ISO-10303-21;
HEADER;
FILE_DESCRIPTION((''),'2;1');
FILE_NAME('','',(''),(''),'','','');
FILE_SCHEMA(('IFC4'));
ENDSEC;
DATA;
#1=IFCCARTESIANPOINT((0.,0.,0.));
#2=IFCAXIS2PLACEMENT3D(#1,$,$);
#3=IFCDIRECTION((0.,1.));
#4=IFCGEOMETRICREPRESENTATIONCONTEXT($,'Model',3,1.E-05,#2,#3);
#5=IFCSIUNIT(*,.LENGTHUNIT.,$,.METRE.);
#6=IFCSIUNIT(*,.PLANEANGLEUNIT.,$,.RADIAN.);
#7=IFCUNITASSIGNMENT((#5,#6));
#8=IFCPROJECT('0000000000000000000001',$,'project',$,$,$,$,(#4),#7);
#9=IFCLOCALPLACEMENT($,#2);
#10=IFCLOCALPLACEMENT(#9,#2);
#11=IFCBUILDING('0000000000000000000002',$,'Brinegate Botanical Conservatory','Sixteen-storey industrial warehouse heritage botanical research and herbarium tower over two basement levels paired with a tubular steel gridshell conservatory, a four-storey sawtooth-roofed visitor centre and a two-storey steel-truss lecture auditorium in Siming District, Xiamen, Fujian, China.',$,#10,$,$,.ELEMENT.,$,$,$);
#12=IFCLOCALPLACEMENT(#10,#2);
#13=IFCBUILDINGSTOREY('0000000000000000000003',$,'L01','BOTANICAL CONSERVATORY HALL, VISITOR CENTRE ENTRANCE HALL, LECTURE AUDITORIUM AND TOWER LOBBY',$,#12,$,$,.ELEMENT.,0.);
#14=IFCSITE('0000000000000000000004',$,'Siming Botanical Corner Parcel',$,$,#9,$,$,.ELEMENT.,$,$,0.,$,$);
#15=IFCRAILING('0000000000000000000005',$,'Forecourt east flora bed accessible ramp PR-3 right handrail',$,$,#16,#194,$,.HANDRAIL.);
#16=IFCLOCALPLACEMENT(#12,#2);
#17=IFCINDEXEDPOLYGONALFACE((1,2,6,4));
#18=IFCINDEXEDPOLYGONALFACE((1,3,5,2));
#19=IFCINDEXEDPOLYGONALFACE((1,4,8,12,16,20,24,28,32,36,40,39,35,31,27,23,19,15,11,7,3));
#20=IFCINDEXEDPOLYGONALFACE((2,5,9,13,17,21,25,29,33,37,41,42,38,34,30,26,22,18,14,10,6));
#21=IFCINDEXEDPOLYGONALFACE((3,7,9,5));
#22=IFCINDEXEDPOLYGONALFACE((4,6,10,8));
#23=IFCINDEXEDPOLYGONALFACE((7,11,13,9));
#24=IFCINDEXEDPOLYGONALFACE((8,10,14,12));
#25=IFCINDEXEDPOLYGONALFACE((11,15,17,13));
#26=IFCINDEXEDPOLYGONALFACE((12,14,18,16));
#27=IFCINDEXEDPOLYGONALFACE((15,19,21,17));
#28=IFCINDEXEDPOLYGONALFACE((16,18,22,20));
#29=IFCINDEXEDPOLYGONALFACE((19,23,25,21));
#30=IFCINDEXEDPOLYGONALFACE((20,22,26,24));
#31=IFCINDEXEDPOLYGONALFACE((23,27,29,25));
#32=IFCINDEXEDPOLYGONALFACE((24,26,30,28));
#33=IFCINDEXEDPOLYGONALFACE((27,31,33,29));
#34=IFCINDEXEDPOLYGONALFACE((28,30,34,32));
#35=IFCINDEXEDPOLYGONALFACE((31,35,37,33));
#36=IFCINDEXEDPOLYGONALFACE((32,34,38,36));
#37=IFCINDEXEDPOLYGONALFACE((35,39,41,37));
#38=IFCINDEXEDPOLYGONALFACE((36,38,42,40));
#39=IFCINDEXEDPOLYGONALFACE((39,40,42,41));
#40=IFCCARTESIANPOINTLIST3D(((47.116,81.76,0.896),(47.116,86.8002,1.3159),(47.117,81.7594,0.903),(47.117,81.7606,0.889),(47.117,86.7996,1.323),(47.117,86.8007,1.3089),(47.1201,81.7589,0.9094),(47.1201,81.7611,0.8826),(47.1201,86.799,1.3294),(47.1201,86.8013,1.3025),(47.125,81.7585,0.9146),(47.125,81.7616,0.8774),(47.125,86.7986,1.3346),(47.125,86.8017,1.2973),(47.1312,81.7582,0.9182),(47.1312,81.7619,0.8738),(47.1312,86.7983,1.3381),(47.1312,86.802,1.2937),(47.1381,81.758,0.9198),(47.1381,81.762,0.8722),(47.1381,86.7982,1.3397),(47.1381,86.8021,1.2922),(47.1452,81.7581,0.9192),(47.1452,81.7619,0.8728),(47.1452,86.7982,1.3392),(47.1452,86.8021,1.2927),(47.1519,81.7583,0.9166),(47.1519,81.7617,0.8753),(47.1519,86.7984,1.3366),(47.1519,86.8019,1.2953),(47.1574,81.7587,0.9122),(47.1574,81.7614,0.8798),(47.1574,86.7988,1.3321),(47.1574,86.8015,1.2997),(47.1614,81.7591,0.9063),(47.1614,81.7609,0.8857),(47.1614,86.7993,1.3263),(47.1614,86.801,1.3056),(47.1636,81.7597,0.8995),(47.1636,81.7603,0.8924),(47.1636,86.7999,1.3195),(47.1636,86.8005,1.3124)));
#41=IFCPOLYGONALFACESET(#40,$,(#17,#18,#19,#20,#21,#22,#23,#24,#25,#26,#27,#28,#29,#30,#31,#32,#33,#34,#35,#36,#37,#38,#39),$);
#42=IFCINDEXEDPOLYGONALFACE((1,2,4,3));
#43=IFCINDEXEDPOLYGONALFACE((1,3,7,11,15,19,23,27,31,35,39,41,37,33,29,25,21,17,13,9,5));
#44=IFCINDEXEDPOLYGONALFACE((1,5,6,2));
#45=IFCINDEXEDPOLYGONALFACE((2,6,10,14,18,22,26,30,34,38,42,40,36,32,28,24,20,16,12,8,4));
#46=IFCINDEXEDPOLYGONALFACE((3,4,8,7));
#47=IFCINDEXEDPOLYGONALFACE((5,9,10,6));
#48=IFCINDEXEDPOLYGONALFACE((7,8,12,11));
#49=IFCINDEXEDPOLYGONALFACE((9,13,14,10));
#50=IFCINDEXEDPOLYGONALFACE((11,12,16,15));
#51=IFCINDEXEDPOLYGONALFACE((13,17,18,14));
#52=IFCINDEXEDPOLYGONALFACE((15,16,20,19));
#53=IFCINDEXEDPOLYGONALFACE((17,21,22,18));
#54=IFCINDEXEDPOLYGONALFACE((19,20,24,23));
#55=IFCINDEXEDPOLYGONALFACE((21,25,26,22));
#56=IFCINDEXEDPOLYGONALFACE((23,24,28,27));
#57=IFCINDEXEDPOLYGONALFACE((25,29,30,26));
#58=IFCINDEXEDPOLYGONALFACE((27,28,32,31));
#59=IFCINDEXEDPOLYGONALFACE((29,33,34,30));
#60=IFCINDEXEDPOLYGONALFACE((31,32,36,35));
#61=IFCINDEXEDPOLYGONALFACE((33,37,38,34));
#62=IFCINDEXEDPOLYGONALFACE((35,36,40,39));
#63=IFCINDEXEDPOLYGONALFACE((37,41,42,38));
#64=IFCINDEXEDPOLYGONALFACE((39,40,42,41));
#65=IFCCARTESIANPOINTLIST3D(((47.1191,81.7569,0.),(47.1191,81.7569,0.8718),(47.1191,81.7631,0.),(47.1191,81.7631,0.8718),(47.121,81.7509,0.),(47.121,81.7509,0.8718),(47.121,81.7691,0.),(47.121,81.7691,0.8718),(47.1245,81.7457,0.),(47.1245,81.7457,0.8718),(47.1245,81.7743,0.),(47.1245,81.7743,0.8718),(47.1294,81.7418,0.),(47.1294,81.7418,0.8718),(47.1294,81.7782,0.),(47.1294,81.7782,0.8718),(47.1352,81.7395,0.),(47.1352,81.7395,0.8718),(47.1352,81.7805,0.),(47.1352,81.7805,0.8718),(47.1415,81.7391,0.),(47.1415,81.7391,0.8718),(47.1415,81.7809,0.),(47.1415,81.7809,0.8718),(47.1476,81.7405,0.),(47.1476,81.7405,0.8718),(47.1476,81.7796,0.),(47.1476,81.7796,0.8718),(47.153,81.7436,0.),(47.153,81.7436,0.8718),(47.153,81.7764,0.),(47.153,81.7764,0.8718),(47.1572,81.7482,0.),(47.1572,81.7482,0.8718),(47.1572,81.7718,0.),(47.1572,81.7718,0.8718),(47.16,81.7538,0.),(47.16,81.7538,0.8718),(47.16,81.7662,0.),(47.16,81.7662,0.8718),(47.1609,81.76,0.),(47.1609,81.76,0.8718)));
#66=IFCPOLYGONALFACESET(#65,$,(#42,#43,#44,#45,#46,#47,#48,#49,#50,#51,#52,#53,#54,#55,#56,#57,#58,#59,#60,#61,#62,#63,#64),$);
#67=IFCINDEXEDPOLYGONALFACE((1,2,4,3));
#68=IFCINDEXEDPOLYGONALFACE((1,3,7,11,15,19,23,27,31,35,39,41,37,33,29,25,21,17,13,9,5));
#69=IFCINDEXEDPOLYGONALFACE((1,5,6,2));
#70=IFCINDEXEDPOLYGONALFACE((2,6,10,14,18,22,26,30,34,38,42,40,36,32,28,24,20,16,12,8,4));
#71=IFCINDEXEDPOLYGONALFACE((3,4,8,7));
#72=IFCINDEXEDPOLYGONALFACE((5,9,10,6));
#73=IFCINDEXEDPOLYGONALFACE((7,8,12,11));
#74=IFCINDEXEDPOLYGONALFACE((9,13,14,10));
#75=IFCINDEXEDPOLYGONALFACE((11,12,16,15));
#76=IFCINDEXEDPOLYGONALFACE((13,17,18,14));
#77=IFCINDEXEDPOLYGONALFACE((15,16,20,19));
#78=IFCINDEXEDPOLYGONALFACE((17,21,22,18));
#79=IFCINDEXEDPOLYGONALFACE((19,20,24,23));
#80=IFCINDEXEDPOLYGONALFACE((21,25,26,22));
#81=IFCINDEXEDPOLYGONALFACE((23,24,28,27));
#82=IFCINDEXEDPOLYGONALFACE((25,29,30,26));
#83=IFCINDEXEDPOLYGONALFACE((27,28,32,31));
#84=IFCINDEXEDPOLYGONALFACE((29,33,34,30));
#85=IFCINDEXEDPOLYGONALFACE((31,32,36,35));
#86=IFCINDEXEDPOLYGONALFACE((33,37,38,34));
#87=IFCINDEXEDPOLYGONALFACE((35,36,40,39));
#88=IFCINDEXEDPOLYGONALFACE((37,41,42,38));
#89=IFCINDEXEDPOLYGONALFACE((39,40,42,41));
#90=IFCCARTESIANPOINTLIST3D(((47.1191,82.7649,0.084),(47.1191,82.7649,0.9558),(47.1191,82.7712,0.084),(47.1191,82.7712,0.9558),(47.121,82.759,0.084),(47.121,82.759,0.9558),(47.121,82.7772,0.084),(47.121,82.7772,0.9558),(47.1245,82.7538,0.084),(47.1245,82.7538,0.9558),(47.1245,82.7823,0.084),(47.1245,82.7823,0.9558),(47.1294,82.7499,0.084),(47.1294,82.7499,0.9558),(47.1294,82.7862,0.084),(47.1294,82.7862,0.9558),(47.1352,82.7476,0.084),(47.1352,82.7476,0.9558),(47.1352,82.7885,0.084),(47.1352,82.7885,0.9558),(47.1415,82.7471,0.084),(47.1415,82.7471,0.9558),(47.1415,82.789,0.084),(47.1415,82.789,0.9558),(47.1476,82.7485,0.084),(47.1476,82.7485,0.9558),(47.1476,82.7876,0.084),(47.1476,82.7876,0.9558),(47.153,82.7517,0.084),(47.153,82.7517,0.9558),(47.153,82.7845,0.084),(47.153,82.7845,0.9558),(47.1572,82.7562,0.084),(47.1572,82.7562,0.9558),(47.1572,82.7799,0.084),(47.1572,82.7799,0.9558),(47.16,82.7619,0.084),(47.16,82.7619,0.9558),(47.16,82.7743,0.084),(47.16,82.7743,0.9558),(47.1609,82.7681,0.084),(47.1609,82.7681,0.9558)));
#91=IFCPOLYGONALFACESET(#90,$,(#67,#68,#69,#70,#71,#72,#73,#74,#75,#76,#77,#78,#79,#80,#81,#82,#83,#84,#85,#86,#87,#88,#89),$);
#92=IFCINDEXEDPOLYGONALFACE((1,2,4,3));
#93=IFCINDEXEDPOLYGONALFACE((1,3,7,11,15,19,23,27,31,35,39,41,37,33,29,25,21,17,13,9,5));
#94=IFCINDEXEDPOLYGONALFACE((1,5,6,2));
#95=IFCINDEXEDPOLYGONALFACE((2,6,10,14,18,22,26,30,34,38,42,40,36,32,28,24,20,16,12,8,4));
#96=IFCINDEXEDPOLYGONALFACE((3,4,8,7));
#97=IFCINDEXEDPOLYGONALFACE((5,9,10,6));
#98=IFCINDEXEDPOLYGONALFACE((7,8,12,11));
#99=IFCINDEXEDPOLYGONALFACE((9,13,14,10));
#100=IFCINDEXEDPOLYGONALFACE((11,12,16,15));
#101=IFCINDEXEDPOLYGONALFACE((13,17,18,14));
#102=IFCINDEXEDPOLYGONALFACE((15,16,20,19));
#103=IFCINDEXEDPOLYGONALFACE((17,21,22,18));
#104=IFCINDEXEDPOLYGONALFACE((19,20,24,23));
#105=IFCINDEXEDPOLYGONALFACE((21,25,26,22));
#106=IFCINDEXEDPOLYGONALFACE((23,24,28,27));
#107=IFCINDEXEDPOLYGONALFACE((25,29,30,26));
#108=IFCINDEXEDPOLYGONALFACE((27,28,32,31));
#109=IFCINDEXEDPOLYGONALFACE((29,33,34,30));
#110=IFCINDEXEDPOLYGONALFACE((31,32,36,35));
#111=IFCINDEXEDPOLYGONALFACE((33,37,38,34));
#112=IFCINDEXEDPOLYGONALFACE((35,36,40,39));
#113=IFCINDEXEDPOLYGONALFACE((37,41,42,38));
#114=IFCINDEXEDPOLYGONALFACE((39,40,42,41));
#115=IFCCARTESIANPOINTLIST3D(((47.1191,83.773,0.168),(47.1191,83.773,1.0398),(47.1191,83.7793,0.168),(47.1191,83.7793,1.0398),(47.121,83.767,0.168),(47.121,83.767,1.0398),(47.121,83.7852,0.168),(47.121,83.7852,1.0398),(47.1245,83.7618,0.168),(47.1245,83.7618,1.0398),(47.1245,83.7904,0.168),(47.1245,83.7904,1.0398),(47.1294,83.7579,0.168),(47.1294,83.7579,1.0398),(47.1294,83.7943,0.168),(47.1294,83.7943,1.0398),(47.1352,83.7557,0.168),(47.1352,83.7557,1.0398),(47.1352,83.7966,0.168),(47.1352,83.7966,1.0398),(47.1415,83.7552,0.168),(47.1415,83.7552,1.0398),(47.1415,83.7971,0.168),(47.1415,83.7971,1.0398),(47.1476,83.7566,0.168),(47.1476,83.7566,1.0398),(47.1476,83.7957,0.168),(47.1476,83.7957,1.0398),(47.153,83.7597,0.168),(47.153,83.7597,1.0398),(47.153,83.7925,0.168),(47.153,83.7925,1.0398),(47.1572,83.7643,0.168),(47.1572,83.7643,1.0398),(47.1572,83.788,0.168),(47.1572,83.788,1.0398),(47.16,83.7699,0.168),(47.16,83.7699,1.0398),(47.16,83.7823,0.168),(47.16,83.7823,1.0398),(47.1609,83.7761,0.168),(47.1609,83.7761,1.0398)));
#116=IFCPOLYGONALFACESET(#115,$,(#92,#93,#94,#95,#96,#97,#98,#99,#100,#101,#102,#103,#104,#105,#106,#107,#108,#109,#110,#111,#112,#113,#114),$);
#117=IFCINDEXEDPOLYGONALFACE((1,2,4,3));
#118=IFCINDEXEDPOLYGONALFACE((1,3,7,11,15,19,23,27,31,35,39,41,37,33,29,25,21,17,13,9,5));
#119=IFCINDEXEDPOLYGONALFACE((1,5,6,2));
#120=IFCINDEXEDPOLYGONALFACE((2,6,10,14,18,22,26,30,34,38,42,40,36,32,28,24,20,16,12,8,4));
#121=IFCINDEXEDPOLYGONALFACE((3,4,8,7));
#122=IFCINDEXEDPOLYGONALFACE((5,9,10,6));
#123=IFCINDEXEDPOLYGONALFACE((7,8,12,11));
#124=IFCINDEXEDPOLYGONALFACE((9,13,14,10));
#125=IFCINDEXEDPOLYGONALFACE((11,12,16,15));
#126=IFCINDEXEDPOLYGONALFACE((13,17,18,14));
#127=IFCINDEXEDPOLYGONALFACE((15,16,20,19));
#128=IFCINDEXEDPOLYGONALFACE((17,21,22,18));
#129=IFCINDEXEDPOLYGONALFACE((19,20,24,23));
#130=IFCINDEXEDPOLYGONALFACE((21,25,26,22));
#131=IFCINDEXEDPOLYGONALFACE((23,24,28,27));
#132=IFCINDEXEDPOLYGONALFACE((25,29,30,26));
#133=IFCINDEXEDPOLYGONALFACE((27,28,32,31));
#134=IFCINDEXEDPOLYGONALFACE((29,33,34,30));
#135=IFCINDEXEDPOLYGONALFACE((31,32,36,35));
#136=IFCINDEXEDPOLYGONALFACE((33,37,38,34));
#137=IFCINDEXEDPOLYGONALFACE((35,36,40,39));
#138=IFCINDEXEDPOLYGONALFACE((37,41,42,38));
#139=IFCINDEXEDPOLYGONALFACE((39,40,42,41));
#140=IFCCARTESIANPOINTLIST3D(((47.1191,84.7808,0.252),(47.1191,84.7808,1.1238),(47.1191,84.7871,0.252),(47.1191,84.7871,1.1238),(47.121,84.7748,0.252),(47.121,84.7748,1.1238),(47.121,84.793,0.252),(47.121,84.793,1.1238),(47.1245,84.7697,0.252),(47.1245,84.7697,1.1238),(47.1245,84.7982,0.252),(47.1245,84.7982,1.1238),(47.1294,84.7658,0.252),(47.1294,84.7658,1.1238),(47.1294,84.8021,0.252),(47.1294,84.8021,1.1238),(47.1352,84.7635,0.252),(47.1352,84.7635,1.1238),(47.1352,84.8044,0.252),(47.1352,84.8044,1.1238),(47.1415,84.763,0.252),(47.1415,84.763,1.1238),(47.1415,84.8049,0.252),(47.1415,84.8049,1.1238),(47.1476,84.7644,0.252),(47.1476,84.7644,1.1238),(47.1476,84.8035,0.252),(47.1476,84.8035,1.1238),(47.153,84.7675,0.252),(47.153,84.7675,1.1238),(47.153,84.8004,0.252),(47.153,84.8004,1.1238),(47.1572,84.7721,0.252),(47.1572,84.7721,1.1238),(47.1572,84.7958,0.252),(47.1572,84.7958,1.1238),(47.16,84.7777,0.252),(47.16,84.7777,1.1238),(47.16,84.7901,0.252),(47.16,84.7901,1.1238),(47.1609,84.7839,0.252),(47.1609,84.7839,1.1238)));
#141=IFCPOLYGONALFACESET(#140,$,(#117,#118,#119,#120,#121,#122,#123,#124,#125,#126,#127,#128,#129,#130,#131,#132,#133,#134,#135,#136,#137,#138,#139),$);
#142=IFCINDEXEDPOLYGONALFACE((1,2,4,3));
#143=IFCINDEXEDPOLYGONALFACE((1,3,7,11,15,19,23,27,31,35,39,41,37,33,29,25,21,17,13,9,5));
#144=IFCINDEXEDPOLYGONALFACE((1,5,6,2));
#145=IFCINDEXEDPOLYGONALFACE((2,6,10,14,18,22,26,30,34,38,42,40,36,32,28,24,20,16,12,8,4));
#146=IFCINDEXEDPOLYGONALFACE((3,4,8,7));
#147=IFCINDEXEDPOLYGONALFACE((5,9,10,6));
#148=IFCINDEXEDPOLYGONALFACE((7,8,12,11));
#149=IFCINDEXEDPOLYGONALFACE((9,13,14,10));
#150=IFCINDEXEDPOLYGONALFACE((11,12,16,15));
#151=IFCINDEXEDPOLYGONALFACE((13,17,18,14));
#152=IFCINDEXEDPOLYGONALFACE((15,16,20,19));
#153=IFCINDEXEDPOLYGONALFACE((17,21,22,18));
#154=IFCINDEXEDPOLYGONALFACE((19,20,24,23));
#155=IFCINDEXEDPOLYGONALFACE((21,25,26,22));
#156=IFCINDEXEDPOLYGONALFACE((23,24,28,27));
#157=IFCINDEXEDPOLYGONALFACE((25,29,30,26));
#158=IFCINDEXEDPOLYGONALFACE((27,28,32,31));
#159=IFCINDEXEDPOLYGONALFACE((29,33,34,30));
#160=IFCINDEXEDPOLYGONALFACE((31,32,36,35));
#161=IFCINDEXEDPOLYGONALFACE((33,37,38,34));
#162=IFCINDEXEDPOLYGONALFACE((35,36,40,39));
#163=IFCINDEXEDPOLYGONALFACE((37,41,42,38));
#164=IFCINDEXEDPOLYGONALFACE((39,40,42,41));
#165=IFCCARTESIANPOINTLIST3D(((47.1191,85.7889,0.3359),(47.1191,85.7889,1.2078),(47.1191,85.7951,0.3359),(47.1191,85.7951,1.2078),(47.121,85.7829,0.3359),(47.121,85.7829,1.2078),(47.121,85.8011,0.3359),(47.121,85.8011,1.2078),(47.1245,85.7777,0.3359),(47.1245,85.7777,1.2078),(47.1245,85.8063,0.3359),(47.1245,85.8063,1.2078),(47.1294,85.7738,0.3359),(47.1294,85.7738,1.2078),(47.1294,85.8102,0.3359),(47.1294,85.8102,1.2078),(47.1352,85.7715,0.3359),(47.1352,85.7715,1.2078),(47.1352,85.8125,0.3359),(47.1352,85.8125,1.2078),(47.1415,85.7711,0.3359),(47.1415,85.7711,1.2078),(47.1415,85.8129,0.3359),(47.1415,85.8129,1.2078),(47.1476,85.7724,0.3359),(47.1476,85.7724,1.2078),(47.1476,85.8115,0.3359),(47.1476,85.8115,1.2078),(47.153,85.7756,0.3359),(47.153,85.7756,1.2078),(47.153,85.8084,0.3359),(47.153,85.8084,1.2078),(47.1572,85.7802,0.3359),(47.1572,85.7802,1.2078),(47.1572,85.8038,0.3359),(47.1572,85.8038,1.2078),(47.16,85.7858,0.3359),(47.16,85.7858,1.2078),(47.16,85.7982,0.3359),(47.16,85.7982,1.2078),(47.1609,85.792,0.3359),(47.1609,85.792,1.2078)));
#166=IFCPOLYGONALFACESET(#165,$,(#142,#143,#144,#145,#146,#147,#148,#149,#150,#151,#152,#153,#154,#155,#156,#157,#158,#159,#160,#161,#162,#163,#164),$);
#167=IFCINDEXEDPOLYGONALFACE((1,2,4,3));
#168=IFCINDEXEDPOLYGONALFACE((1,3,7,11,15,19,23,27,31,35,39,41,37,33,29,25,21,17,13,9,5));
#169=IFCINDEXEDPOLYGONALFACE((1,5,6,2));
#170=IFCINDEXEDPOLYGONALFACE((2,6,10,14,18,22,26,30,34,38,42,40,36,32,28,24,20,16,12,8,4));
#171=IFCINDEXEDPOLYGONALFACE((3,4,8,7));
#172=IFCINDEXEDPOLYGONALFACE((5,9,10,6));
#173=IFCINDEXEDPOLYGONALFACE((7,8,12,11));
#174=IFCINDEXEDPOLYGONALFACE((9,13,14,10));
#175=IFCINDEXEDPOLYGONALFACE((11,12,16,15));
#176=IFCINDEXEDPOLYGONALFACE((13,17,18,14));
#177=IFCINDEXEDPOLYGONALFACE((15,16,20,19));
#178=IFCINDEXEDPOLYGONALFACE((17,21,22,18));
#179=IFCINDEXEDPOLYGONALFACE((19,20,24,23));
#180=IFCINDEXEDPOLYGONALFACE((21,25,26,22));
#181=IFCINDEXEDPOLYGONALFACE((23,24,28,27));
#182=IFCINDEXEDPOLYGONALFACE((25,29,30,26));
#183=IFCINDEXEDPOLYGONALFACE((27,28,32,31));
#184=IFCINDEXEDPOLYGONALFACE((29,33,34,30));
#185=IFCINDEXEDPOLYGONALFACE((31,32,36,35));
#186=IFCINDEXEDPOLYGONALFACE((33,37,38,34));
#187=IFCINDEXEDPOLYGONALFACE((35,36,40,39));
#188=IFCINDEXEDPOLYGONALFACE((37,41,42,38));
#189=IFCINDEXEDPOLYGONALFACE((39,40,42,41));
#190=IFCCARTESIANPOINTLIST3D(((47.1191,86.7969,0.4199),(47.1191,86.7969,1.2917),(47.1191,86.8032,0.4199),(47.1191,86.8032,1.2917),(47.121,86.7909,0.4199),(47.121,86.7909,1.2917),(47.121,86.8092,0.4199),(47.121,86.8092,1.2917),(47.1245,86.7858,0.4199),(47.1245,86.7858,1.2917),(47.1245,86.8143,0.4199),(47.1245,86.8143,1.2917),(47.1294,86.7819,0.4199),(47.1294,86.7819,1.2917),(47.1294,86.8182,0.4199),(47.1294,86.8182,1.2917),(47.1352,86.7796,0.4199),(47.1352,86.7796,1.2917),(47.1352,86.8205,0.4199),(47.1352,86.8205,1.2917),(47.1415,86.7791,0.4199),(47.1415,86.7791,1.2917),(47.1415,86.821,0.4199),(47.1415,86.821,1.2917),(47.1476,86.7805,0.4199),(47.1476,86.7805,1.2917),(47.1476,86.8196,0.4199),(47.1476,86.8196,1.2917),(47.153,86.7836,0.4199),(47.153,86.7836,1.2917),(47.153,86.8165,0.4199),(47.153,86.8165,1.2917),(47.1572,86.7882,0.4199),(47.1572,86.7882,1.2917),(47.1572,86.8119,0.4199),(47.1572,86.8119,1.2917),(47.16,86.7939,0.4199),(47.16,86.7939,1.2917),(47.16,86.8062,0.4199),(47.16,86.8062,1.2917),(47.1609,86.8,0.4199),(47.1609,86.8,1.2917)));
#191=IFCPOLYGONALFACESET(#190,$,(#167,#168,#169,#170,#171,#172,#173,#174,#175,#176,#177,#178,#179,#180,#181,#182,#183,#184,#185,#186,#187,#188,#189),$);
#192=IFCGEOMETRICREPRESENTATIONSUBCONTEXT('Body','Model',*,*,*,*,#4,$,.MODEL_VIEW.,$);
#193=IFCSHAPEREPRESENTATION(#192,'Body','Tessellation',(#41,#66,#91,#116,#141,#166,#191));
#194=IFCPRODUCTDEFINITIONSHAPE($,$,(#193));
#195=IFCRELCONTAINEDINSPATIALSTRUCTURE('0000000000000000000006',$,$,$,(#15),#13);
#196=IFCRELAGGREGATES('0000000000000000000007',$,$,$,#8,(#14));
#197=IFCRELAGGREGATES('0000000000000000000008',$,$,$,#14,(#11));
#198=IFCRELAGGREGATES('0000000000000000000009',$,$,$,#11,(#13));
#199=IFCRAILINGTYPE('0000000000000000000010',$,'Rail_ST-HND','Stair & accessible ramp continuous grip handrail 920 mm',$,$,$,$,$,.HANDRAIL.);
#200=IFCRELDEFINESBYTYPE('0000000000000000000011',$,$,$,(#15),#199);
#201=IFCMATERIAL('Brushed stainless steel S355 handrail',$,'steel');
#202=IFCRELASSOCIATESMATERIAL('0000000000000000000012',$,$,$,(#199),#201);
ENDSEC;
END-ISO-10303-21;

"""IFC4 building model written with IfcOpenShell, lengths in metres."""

from ifc_helpers import new_model, si_unit, direction, frame, origin, origin_2d, place, context, subcontext, project, spatial, circle, extrude, material, type_object, element, save


model = new_model("IFC4")

# Units and contexts
model_context = context("Model", 3, precision=1e-05, world=origin(), true_north=direction((0.0, 1.0)))
body_context = subcontext(model_context, "Body", "Model", "MODEL_VIEW")
ifc_project = project(units=[si_unit("LENGTHUNIT", "METRE"), si_unit("PLANEANGLEUNIT", "RADIAN")], contexts=[model_context])

# Site, building, storey
site_placement = place(None, origin())
site = spatial("IfcSite", under=ifc_project, at=site_placement, Name="Siming Botanical Corner Parcel", CompositionType="ELEMENT", RefElevation=0.0)
building_placement = place(site_placement, origin())
building = spatial("IfcBuilding", under=site, at=building_placement, Name="Brinegate Botanical Conservatory", Description="Sixteen-storey industrial warehouse heritage botanical research and herbarium tower over two basement levels paired with a tubular steel gridshell conservatory, a four-storey sawtooth-roofed visitor centre and a two-storey steel-truss lecture auditorium in Siming District, Xiamen, Fujian, China.", CompositionType="ELEMENT")
storey_placement = place(building_placement, origin())
storey = spatial("IfcBuildingStorey", under=building, at=storey_placement, Name="L01", Description="BOTANICAL CONSERVATORY HALL, VISITOR CENTRE ENTRANCE HALL, LECTURE AUDITORIUM AND TOWER LOBBY", CompositionType="ELEMENT", Elevation=0.0)

# Railing
ifc_material_1 = material(Name="Brushed stainless steel S355 handrail", Category="steel")
railing_type = type_object("IfcRailingType", Name="Rail_ST-HND", Description="Stair & accessible ramp continuous grip handrail 920 mm", PredefinedType="HANDRAIL", material=ifc_material_1)
for number, where, name in (
    (1, (47.1399, 81.76, 0.0), "Forecourt east flora bed accessible ramp PR-3 right handrail"),
):
    element("IfcRailing", number, at=place(storey_placement, frame(where)), inside=storey, type_object=railing_type, Name=name, PredefinedType="HANDRAIL", context=body_context, shape_type="SweptSolid", body=[
        extrude(circle(Radius=0.0239, at=origin_2d()), frame((0.0, 0.0, 0.896), z_axis=(0.0, 0.996547, 0.083029), x_axis=(-1.0, 0.0, 0.0)), (0.0, 0.0, 1.0), 5.0576),
        extrude(circle(Radius=0.021, at=origin_2d()), origin(), (0.0, 0.0, 1.0), 0.8718),
        extrude(circle(Radius=0.021, at=origin_2d()), frame((0.0, 1.0081, 0.084)), (0.0, 0.0, 1.0), 0.8718),
        extrude(circle(Radius=0.021, at=origin_2d()), frame((0.0, 2.0161, 0.168)), (0.0, 0.0, 1.0), 0.8718),
        extrude(circle(Radius=0.021, at=origin_2d()), frame((0.0, 3.0239, 0.252)), (0.0, 0.0, 1.0), 0.8718),
        extrude(circle(Radius=0.021, at=origin_2d()), frame((0.0, 4.032, 0.3359)), (0.0, 0.0, 1.0), 0.8718),
        extrude(circle(Radius=0.021, at=origin_2d()), frame((0.0, 5.04, 0.4199)), (0.0, 0.0, 1.0), 0.8718),
    ])

save(model, "model.ifc")
